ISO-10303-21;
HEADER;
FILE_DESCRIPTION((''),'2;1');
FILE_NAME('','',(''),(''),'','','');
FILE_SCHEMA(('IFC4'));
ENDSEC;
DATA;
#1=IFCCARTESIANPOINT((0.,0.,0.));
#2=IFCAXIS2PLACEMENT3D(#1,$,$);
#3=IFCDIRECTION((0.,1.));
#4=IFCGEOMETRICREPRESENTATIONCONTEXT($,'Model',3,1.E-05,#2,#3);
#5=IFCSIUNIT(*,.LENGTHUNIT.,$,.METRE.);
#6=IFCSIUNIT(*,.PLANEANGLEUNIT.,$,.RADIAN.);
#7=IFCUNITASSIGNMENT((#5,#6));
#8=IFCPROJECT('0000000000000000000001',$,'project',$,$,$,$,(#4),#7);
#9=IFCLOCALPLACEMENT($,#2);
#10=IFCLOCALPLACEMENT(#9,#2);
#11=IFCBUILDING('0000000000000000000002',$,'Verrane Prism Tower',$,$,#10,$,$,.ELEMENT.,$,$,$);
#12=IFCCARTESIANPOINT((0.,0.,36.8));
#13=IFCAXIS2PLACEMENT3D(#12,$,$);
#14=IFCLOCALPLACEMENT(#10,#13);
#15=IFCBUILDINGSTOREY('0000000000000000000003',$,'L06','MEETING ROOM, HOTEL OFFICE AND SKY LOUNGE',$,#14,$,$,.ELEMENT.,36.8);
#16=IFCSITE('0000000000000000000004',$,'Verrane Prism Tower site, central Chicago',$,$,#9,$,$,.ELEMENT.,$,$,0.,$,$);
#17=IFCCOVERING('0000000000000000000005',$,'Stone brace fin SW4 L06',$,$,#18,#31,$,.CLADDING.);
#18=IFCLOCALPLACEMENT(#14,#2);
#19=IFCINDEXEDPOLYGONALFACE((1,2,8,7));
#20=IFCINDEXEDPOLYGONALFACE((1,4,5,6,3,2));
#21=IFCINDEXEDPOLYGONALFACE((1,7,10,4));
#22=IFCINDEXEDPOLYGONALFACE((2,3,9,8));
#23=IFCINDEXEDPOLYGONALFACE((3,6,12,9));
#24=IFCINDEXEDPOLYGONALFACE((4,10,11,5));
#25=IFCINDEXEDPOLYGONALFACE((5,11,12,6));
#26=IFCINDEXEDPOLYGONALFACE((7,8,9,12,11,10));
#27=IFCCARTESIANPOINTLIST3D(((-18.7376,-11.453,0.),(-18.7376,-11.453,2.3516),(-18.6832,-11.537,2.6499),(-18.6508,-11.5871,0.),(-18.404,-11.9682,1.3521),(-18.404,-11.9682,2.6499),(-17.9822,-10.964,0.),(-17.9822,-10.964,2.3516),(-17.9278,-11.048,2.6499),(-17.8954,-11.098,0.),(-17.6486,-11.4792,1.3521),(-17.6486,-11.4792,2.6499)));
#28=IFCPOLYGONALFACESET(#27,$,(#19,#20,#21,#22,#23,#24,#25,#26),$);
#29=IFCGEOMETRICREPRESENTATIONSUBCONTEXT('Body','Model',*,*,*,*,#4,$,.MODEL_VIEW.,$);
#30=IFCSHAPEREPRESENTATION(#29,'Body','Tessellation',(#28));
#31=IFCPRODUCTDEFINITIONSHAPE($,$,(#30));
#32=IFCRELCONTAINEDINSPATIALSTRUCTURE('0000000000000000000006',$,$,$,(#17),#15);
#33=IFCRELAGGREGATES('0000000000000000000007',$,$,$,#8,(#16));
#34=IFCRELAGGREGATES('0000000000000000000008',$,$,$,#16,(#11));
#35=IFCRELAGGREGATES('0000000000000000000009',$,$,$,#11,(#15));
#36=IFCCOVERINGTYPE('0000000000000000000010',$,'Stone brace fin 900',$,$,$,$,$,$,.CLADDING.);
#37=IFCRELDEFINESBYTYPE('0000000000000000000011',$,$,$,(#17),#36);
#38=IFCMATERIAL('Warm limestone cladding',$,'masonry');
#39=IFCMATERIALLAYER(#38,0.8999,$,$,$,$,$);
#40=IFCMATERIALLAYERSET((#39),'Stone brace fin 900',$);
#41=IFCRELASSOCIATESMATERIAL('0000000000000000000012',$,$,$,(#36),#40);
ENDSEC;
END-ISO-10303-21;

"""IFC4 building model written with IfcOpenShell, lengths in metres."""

from ifc_helpers import new_model, si_unit, direction, frame, origin, place, context, subcontext, project, spatial, polyline, outline, extrude, material, layer, layer_set, type_object, element, save


model = new_model("IFC4")

# Units and contexts
model_context = context("Model", 3, precision=1e-05, world=origin(), true_north=direction((0.0, 1.0)))
body_context = subcontext(model_context, "Body", "Model", "MODEL_VIEW")
ifc_project = project(units=[si_unit("LENGTHUNIT", "METRE"), si_unit("PLANEANGLEUNIT", "RADIAN")], contexts=[model_context])

# Site, building, storey
site_placement = place(None, origin())
site = spatial("IfcSite", under=ifc_project, at=site_placement, Name="Verrane Prism Tower site, central Chicago", CompositionType="ELEMENT", RefElevation=0.0)
building_placement = place(site_placement, origin())
building = spatial("IfcBuilding", under=site, at=building_placement, Name="Verrane Prism Tower", CompositionType="ELEMENT")
storey_placement = place(building_placement, frame((0.0, 0.0, 36.8)))
storey = spatial("IfcBuildingStorey", under=building, at=storey_placement, Name="L06", Description="MEETING ROOM, HOTEL OFFICE AND SKY LOUNGE", CompositionType="ELEMENT", Elevation=36.8)

# Covering
ifc_material_1 = material(Name="Warm limestone cladding", Category="masonry")
ifc_layer_1 = layer(ifc_material_1, 0.8999)
ifc_layer_set_1 = layer_set([ifc_layer_1], Name="Stone brace fin 900")
covering_type = type_object("IfcCoveringType", Name="Stone brace fin 900", PredefinedType="CLADDING", material=ifc_layer_set_1)
covering_placement = place(storey_placement, frame((-18.3599, -11.2085, 0.0), z_axis=(0.0, 0.0, 1.0), x_axis=(0.543449, -0.839442, 0.0)))
element("IfcCovering", 1, at=covering_placement, inside=storey, type_object=covering_type, Name="Stone brace fin SW4 L06", PredefinedType="CLADDING", context=body_context, shape_type="SweptSolid", body=[
    extrude(outline(polyline([(0.6138, 2.6499), (0.1001, 2.6499), (0.0, 2.3516), (0.0, 0.0), (0.1597, 0.0), (0.6138, 1.3521), (0.6138, 2.6499)])), frame((0.0, 0.45, 0.0), z_axis=(0.0, -1.0, 0.0), x_axis=(1.0, 0.0, 0.0)), (0.0, 0.0, 1.0), 0.8999),
])

save(model, "model.ifc")
